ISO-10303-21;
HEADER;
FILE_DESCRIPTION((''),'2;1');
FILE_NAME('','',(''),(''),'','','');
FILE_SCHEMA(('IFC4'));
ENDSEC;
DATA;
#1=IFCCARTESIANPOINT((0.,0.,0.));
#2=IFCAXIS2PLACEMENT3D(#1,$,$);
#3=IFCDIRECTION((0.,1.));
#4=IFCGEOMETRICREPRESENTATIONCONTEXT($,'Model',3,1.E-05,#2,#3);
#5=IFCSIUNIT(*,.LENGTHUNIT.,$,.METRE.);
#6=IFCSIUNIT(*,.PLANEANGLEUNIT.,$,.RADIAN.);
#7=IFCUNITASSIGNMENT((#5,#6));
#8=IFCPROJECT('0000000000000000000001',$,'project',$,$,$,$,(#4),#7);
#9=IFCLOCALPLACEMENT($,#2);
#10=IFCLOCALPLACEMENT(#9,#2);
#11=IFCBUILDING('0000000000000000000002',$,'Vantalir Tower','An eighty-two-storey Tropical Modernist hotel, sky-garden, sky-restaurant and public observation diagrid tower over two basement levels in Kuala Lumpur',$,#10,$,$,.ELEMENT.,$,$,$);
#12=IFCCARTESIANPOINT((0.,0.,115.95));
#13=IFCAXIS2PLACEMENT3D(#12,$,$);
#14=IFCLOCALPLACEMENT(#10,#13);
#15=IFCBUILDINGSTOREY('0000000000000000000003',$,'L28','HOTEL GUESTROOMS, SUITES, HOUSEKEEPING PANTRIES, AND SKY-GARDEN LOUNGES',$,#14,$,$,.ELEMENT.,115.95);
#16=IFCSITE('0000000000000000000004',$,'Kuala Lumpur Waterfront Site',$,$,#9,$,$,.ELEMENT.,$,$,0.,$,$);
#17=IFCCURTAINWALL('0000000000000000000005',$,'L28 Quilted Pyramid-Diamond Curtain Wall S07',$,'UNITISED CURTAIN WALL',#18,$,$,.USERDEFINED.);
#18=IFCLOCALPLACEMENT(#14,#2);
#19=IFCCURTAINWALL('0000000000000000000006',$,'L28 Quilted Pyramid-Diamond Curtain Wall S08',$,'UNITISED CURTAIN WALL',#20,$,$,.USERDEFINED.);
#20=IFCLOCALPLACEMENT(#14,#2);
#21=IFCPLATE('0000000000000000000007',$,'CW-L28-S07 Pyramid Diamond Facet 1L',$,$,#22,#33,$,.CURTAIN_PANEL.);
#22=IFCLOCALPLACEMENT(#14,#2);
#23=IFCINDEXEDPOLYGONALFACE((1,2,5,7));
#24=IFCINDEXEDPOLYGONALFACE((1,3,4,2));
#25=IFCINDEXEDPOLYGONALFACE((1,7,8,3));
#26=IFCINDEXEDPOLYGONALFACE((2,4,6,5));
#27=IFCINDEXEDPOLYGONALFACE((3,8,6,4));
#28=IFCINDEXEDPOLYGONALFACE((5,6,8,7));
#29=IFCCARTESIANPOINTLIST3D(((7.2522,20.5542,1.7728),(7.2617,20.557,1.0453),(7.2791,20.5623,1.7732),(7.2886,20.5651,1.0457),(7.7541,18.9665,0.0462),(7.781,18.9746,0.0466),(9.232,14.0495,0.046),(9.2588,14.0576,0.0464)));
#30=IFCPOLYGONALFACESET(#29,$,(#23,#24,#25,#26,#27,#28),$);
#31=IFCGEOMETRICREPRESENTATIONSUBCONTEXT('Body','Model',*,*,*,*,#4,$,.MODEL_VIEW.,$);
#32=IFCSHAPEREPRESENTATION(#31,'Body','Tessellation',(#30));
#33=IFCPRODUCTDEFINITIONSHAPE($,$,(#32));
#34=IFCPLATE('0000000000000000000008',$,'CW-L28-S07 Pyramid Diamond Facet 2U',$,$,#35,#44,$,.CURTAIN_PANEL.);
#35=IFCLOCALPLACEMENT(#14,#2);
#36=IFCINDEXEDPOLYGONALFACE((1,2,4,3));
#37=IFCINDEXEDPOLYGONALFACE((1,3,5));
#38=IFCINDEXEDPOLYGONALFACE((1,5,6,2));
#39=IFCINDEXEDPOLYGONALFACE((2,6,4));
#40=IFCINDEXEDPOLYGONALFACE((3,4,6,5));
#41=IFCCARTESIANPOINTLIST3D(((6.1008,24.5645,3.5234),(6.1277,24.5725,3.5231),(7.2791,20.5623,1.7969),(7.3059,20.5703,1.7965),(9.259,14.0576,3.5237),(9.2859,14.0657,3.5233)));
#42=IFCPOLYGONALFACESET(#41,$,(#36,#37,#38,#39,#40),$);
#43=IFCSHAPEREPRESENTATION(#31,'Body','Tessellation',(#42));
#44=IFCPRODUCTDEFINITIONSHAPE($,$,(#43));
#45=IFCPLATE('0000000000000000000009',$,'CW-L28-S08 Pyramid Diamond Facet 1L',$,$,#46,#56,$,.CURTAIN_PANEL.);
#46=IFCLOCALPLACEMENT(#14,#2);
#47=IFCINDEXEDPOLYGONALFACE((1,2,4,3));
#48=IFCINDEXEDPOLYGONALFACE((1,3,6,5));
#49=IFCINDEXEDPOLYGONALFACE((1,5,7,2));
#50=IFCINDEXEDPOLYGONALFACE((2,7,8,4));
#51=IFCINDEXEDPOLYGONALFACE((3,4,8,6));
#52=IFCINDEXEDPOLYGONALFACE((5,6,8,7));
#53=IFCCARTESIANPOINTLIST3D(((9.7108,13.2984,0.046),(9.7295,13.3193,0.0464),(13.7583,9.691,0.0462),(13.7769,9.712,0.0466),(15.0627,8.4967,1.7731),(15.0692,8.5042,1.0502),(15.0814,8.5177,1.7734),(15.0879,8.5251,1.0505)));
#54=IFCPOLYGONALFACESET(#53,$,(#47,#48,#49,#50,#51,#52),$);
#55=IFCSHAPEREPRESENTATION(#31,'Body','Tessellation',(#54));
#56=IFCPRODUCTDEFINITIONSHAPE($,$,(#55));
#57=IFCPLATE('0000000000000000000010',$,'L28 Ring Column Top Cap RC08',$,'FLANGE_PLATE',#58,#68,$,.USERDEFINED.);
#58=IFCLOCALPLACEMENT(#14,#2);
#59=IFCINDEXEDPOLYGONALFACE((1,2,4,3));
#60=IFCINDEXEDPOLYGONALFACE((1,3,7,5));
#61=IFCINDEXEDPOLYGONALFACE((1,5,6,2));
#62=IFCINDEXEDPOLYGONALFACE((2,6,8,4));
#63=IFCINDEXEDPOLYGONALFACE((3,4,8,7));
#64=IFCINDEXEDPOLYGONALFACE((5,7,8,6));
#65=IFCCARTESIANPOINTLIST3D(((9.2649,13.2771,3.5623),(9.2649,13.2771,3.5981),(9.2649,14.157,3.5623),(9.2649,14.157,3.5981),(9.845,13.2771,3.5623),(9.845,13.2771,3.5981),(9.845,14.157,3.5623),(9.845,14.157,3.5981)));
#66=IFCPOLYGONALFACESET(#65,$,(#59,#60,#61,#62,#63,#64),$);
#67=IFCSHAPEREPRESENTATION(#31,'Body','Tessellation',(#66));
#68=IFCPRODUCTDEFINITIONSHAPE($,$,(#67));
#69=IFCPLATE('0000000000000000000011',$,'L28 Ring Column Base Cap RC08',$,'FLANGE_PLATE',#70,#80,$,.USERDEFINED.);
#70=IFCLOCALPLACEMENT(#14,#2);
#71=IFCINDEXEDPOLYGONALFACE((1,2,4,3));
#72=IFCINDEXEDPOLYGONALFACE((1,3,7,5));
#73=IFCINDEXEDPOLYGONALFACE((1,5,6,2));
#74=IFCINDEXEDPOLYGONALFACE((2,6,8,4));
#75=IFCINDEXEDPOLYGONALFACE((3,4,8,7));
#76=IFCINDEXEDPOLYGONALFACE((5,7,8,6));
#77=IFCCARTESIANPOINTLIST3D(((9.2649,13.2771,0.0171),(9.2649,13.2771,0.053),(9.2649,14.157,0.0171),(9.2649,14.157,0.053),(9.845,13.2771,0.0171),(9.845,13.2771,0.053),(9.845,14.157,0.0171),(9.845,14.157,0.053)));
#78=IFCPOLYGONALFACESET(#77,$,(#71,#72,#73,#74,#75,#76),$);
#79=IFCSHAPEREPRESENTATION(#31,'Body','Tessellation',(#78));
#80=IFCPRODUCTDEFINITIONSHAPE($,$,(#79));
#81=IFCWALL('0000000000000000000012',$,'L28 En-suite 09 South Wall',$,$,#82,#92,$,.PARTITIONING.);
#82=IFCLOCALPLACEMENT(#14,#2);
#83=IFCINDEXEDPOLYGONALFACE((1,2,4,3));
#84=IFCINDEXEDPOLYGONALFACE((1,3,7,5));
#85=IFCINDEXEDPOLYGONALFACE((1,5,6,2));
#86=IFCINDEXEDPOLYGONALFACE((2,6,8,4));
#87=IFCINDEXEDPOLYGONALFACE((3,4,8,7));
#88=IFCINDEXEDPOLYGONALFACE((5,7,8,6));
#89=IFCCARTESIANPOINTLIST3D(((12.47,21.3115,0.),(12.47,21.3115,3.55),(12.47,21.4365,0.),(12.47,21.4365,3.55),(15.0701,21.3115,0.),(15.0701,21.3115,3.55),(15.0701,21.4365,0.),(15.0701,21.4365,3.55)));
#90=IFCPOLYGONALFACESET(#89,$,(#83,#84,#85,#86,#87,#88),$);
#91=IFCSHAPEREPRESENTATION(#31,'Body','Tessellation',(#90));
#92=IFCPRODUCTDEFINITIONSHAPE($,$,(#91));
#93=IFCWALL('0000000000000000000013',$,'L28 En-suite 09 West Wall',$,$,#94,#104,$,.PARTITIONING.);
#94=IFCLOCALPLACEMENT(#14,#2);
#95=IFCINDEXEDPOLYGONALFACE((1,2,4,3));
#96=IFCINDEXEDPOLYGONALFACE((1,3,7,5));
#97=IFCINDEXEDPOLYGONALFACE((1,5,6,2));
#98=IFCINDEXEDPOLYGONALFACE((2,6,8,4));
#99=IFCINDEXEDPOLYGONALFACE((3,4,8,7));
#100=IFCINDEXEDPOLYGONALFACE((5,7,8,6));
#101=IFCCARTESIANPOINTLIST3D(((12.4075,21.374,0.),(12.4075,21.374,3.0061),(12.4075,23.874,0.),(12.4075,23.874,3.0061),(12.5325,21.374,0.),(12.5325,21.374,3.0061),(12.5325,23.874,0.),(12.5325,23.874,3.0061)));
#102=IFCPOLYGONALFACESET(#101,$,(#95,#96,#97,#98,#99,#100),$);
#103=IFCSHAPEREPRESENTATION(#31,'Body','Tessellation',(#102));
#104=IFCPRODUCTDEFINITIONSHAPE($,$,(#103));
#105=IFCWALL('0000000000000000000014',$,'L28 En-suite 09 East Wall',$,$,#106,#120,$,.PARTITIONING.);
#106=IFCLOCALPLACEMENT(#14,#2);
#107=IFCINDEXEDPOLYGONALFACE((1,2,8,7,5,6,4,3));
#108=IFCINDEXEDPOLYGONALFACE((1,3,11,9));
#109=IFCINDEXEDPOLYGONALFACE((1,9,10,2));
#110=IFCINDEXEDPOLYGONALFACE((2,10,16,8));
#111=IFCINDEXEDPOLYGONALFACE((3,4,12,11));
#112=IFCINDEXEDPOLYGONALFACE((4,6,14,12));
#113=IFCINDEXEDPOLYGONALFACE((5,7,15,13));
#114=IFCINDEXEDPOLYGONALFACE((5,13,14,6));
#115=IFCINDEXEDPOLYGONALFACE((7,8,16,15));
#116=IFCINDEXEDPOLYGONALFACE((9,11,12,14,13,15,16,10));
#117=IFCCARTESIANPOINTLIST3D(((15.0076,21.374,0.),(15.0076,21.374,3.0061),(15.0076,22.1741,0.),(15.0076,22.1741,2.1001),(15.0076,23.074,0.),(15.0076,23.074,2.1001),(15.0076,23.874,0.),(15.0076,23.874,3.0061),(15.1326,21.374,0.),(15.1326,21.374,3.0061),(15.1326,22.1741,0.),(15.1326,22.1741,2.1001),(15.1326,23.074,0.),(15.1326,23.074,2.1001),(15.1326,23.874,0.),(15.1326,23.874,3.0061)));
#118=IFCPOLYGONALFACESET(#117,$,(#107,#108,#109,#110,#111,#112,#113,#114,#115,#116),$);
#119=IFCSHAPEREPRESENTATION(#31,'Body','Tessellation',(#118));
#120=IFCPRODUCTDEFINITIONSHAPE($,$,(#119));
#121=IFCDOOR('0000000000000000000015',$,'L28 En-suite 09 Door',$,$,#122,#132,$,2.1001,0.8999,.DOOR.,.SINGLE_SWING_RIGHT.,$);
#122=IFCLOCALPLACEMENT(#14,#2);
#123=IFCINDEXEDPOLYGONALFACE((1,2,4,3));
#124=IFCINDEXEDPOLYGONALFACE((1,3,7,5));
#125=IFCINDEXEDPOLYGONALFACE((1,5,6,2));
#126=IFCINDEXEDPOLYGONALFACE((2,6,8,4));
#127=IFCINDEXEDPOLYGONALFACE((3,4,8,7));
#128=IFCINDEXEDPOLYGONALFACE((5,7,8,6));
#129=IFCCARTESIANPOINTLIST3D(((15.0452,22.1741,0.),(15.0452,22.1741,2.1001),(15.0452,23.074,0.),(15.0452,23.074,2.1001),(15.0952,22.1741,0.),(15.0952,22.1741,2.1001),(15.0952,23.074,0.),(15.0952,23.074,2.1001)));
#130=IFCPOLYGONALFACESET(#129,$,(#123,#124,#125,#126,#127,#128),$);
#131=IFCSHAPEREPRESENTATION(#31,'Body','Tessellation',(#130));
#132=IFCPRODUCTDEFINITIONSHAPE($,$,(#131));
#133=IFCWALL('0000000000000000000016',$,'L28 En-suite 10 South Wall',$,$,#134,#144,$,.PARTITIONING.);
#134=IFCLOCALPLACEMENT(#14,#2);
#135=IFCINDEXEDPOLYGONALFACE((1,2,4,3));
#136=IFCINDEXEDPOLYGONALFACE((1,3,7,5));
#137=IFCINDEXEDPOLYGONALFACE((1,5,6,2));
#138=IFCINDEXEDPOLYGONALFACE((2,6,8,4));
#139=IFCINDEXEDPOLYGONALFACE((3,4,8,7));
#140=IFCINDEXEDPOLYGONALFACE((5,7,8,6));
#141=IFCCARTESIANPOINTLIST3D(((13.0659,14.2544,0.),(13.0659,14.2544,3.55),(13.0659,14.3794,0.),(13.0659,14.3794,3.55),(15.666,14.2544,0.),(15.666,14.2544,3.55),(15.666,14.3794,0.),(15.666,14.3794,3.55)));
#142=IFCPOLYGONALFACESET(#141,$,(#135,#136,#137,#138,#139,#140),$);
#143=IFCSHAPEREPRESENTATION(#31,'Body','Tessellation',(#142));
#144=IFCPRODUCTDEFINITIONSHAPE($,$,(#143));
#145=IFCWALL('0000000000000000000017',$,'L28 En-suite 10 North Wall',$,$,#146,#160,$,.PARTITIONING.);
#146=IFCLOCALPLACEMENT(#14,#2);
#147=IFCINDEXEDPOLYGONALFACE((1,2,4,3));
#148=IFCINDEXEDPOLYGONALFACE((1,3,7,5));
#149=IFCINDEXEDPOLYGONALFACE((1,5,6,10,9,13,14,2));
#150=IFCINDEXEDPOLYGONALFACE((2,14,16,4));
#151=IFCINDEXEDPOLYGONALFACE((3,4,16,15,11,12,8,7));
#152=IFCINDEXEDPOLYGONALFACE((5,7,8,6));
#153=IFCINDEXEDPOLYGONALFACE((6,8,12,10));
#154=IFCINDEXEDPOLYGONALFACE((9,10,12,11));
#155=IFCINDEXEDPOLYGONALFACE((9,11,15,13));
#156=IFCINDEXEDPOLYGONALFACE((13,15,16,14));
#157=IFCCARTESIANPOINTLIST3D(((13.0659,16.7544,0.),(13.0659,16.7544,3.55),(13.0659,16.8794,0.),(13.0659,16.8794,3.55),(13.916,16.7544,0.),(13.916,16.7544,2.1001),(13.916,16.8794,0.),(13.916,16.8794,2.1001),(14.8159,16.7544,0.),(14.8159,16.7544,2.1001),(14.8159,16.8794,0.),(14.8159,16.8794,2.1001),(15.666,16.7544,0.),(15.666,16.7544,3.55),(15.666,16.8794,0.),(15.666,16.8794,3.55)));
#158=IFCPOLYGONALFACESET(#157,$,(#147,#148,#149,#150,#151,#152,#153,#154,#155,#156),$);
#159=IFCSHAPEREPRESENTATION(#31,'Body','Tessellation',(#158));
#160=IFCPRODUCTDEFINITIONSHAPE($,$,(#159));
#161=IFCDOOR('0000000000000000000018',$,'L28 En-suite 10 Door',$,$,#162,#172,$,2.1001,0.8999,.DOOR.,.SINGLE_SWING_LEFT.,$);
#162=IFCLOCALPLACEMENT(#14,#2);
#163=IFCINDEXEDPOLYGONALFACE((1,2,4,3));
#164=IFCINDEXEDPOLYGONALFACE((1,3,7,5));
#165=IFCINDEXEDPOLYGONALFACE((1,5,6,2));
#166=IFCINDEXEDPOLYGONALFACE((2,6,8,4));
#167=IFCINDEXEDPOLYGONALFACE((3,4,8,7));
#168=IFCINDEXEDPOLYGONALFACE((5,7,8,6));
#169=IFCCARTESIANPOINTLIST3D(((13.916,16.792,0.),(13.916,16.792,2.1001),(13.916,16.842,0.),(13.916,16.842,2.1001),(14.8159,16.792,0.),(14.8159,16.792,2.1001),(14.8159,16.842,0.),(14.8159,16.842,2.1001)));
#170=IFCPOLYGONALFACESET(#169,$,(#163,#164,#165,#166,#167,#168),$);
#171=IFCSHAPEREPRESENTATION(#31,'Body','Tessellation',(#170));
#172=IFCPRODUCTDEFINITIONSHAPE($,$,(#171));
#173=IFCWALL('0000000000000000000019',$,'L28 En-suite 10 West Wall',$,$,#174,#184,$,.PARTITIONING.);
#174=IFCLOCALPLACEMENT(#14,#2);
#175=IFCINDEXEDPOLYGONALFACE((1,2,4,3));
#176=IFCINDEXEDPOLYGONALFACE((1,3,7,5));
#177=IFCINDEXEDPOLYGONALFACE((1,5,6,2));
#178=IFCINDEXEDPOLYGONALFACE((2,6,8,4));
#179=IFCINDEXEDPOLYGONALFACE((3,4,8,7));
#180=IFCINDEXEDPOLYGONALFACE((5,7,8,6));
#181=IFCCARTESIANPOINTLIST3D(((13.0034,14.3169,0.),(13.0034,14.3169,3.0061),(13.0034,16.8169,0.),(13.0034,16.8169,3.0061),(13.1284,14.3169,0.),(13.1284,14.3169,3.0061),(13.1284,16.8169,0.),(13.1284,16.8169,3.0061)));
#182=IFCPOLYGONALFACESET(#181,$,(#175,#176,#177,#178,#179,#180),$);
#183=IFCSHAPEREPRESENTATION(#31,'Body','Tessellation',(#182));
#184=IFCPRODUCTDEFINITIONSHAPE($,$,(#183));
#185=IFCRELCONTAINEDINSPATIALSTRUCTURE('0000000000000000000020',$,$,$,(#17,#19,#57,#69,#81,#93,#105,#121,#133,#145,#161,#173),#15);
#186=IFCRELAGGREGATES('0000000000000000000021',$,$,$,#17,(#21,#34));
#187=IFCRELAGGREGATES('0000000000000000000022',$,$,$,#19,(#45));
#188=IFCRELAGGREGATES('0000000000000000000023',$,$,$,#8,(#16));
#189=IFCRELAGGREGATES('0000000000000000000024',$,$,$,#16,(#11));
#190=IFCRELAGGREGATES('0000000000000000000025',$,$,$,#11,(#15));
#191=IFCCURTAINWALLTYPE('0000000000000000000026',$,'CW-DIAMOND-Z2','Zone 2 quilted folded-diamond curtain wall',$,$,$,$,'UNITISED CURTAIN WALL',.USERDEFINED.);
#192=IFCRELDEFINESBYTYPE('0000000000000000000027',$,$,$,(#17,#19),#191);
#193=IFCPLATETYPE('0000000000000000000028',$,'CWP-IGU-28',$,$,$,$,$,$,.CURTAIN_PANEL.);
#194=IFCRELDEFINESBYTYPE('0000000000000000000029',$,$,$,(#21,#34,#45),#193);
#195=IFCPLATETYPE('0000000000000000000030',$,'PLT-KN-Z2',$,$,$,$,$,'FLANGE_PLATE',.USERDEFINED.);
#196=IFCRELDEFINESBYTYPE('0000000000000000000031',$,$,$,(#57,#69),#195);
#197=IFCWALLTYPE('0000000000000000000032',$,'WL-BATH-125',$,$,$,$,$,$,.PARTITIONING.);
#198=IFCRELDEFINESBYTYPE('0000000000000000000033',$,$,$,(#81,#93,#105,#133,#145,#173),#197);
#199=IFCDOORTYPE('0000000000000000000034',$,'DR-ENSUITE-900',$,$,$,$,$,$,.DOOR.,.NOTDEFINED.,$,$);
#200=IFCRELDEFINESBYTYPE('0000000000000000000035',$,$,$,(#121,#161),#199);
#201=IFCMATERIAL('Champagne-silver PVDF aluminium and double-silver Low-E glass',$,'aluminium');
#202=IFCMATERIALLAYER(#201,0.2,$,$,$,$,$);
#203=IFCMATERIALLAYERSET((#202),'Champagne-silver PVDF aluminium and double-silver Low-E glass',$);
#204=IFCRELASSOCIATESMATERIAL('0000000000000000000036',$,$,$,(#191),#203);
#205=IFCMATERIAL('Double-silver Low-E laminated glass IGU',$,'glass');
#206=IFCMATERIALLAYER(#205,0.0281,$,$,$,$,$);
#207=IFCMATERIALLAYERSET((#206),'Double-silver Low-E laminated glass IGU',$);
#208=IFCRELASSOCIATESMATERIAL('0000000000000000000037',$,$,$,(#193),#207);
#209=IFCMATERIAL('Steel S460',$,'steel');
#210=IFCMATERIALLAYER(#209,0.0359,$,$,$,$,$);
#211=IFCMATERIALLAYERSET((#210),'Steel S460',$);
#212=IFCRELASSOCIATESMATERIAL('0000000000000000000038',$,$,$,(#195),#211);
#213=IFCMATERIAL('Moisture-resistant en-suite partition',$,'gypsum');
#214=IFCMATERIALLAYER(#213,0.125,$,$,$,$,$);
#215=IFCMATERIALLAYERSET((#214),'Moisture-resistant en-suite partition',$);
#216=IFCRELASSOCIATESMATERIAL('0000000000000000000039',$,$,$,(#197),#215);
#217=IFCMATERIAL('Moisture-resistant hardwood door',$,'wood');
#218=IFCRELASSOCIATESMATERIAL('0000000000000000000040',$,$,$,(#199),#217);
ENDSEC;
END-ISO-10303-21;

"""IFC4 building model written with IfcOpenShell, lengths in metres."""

from ifc_helpers import new_model, si_unit, direction, frame, frame_2d, origin, place, context, subcontext, project, spatial, polyline, rectangle, outline, extrude, material, layer, layer_set, type_object, element, fill, aggregate, save


model = new_model("IFC4")

# Units and contexts
model_context = context("Model", 3, precision=1e-05, world=origin(), true_north=direction((0.0, 1.0)))
body_context = subcontext(model_context, "Body", "Model", "MODEL_VIEW")
ifc_project = project(units=[si_unit("LENGTHUNIT", "METRE"), si_unit("PLANEANGLEUNIT", "RADIAN")], contexts=[model_context])

# Site, building, storey
site_placement = place(None, origin())
site = spatial("IfcSite", under=ifc_project, at=site_placement, Name="Kuala Lumpur Waterfront Site", CompositionType="ELEMENT", RefElevation=0.0)
building_placement = place(site_placement, origin())
building = spatial("IfcBuilding", under=site, at=building_placement, Name="Vantalir Tower", Description="An eighty-two-storey Tropical Modernist hotel, sky-garden, sky-restaurant and public observation diagrid tower over two basement levels in Kuala Lumpur", CompositionType="ELEMENT")
storey_placement = place(building_placement, frame((0.0, 0.0, 115.95)))
storey = spatial("IfcBuildingStorey", under=building, at=storey_placement, Name="L28", Description="HOTEL GUESTROOMS, SUITES, HOUSEKEEPING PANTRIES, AND SKY-GARDEN LOUNGES", CompositionType="ELEMENT", Elevation=115.95)

# Shared definitions
ifc_material_1 = material(Name="Steel S460", Category="steel")

# Curtain wall
ifc_material_2 = material(Name="Champagne-silver PVDF aluminium and double-silver Low-E glass", Category="aluminium")
ifc_layer_1 = layer(ifc_material_2, 0.2)
ifc_layer_set_1 = layer_set([ifc_layer_1], Name="Champagne-silver PVDF aluminium and double-silver Low-E glass")
curtain_wall_type = type_object("IfcCurtainWallType", Name="CW-DIAMOND-Z2", Description="Zone 2 quilted folded-diamond curtain wall", ElementType="UNITISED CURTAIN WALL", PredefinedType="USERDEFINED", material=ifc_layer_set_1)
curtain_wall_1_placement = place(storey_placement, origin())
curtain_wall_1 = element("IfcCurtainWall", 1, at=curtain_wall_1_placement, inside=storey, type_object=curtain_wall_type, Name="L28 Quilted Pyramid-Diamond Curtain Wall S07", ObjectType="UNITISED CURTAIN WALL", PredefinedType="USERDEFINED")

# Curtain wall
curtain_wall_2_placement = place(storey_placement, origin())
curtain_wall_2 = element("IfcCurtainWall", 2, at=curtain_wall_2_placement, inside=storey, type_object=curtain_wall_type, Name="L28 Quilted Pyramid-Diamond Curtain Wall S08", ObjectType="UNITISED CURTAIN WALL", PredefinedType="USERDEFINED")

# Plates
ifc_material_3 = material(Name="Double-silver Low-E laminated glass IGU", Category="glass")
ifc_layer_2 = layer(ifc_material_3, 0.0281)
ifc_layer_set_2 = layer_set([ifc_layer_2], Name="Double-silver Low-E laminated glass IGU")
plate_type_1 = type_object("IfcPlateType", Name="CWP-IGU-28", PredefinedType="CURTAIN_PANEL", material=ifc_layer_set_2)
plate_1_placement = place(storey_placement, frame((7.781, 18.9746, 0.0466), z_axis=(0.95759, 0.287807, 0.013744), x_axis=(0.287835, -0.95768, -0.000048)))
plate_1 = element("IfcPlate", 3, at=plate_1_placement, type_object=plate_type_1, Name="CW-L28-S07 Pyramid Diamond Facet 1L", PredefinedType="CURTAIN_PANEL", context=body_context, shape_type="SweptSolid", body=[
    extrude(outline(polyline([(0.0, 0.0), (5.1343, 0.0), (-1.665, -1.7266), (-1.665, -0.999), (0.0, 0.0)])), origin(), (0.0, 0.0, -1.0), 0.0281),
])
plate_2_placement = place(storey_placement, frame((9.259, 14.0576, 3.5237), z_axis=(-0.957581, -0.287835, 0.013743), x_axis=(-0.287862, 0.957672, -0.000022)))
plate_2 = element("IfcPlate", 4, at=plate_2_placement, type_object=plate_type_1, Name="CW-L28-S07 Pyramid Diamond Facet 2U", PredefinedType="CURTAIN_PANEL", context=body_context, shape_type="SweptSolid", body=[
    extrude(outline(polyline([(0.0, 0.0), (10.9712, 0.0), (6.7993, 1.7268), (0.0, 0.0)])), origin(), (0.0, 0.0, -1.0), 0.0281),
])
aggregate(curtain_wall_1, [plate_1, plate_2])
plate_3_placement = place(storey_placement, frame((9.7295, 13.3193, 0.0464), z_axis=(0.66529, 0.746459, 0.013719), x_axis=(0.746529, -0.665353, 0.000045)))
plate_3 = element("IfcPlate", 5, at=plate_3_placement, type_object=plate_type_1, Name="CW-L28-S08 Pyramid Diamond Facet 1L", PredefinedType="CURTAIN_PANEL", context=body_context, shape_type="SweptSolid", body=[
    extrude(outline(polyline([(0.0, 0.0), (5.4217, 0.0), (7.1901, -1.0039), (7.1902, -1.7269), (0.0, 0.0)])), origin(), (0.0, 0.0, -1.0), 0.0281),
])
aggregate(curtain_wall_2, [plate_3])

# Plates
ifc_layer_3 = layer(ifc_material_1, 0.0359)
ifc_layer_set_3 = layer_set([ifc_layer_3], Name="Steel S460")
plate_type_2 = type_object("IfcPlateType", Name="PLT-KN-Z2", ElementType="FLANGE_PLATE", PredefinedType="USERDEFINED", material=ifc_layer_set_3)
for number, where, z_axis, x_axis, name in (
    (6, (9.2649, 14.157, 3.5981), (0.0, 0.0, 1.0), (0.0, -1.0, 0.0), "L28 Ring Column Top Cap RC08"),
    (7, (9.2649, 14.157, 0.053), (0.0, 0.0, 1.0), (0.0, -1.0, 0.0), "L28 Ring Column Base Cap RC08"),
):
    element("IfcPlate", number, at=place(storey_placement, frame(where, z_axis=z_axis, x_axis=x_axis)), inside=storey, type_object=plate_type_2, Name=name, ObjectType="FLANGE_PLATE", PredefinedType="USERDEFINED", context=body_context, shape_type="SweptSolid", body=[
        extrude(outline(polyline([(0.0, 0.0), (0.8799, 0.0), (0.8799, 0.5801), (0.0, 0.5801), (0.0, 0.0)])), origin(), (0.0, 0.0, -1.0), 0.0359),
    ])

# Walls
ifc_material_4 = material(Name="Moisture-resistant en-suite partition", Category="gypsum")
ifc_layer_4 = layer(ifc_material_4, 0.125)
ifc_layer_set_4 = layer_set([ifc_layer_4], Name="Moisture-resistant en-suite partition")
wall_type_1 = type_object("IfcWallType", Name="WL-BATH-125", PredefinedType="PARTITIONING", material=ifc_layer_set_4)
wall_1_placement = place(storey_placement, frame((12.47, 21.374, 0.0), z_axis=(0.0, 0.0, 1.0), x_axis=(1.0, 0.0, 0.0)))
element("IfcWall", 8, at=wall_1_placement, inside=storey, type_object=wall_type_1, Name="L28 En-suite 09 South Wall", PredefinedType="PARTITIONING", context=body_context, shape_type="SweptSolid", body=[
    extrude(rectangle(XDim=2.6001, YDim=0.125, at=frame_2d((1.3, 0.0))), origin(), (0.0, 0.0, 1.0), 3.55),
])
wall_2_placement = place(storey_placement, frame((12.47, 21.374, 0.0), z_axis=(0.0, 0.0, 1.0), x_axis=(0.0, 1.0, 0.0)))
element("IfcWall", 9, at=wall_2_placement, inside=storey, type_object=wall_type_1, Name="L28 En-suite 09 West Wall", PredefinedType="PARTITIONING", context=body_context, shape_type="SweptSolid", body=[
    extrude(rectangle(XDim=2.5, YDim=0.125, at=frame_2d((1.25, 0.0))), origin(), (0.0, 0.0, 1.0), 3.0061),
])

# Wall, opening, door
wall_3_placement = place(storey_placement, frame((15.0701, 21.374, 0.0), z_axis=(0.0, 0.0, 1.0), x_axis=(0.0, 1.0, 0.0)))
wall_3 = element("IfcWall", 10, at=wall_3_placement, inside=storey, type_object=wall_type_1, Name="L28 En-suite 09 East Wall", PredefinedType="PARTITIONING", context=body_context, shape_type="SweptSolid", body=[
    extrude(rectangle(XDim=2.5, YDim=0.125, at=frame_2d((1.25, 0.0))), origin(), (0.0, 0.0, 1.0), 3.0061),
])
opening_1_placement = place(wall_3_placement, frame((0.8, 0.0, 0.0)))
opening_1 = element("IfcOpeningElement", 11, at=opening_1_placement, cuts=wall_3, PredefinedType="OPENING", context=body_context, shape_type="SweptSolid", body=[
    extrude(rectangle(XDim=0.8999, YDim=2.1001, at=frame_2d((0.45, 1.05))), frame((0.0, 0.0725, 0.0), z_axis=(0.0, -1.0, 0.0), x_axis=(1.0, 0.0, 0.0)), (0.0, 0.0, 1.0), 0.145),
])
ifc_material_5 = material(Name="Moisture-resistant hardwood door", Category="wood")
door_type = type_object("IfcDoorType", Name="DR-ENSUITE-900", OperationType="NOTDEFINED", PredefinedType="DOOR", material=ifc_material_5)
door_1_placement = place(opening_1_placement, origin())
door_1 = element("IfcDoor", 12, at=door_1_placement, inside=storey, type_object=door_type, Name="L28 En-suite 09 Door", OperationType="SINGLE_SWING_RIGHT", OverallHeight=2.1001, OverallWidth=0.8999, PredefinedType="DOOR", context=body_context, shape_type="SweptSolid", body=[
    extrude(rectangle(XDim=0.8999, YDim=2.1001, at=frame_2d((0.45, 1.05))), frame((0.0, 0.0249, 0.0), z_axis=(0.0, -1.0, 0.0), x_axis=(1.0, 0.0, 0.0)), (0.0, 0.0, 1.0), 0.05),
])
fill(opening_1, door_1)

# Wall
wall_4_placement = place(storey_placement, frame((13.0659, 14.3169, 0.0), z_axis=(0.0, 0.0, 1.0), x_axis=(1.0, 0.0, 0.0)))
element("IfcWall", 13, at=wall_4_placement, inside=storey, type_object=wall_type_1, Name="L28 En-suite 10 South Wall", PredefinedType="PARTITIONING", context=body_context, shape_type="SweptSolid", body=[
    extrude(rectangle(XDim=2.6001, YDim=0.125, at=frame_2d((1.3, 0.0))), origin(), (0.0, 0.0, 1.0), 3.55),
])

# Wall, opening, door
wall_5_placement = place(storey_placement, frame((13.0659, 16.8169, 0.0), z_axis=(0.0, 0.0, 1.0), x_axis=(1.0, 0.0, 0.0)))
wall_5 = element("IfcWall", 14, at=wall_5_placement, inside=storey, type_object=wall_type_1, Name="L28 En-suite 10 North Wall", PredefinedType="PARTITIONING", context=body_context, shape_type="SweptSolid", body=[
    extrude(rectangle(XDim=2.6001, YDim=0.125, at=frame_2d((1.3, 0.0))), origin(), (0.0, 0.0, 1.0), 3.55),
])
opening_2_placement = place(wall_5_placement, frame((0.8501, 0.0, 0.0)))
opening_2 = element("IfcOpeningElement", 15, at=opening_2_placement, cuts=wall_5, PredefinedType="OPENING", context=body_context, shape_type="SweptSolid", body=[
    extrude(rectangle(XDim=0.8999, YDim=2.1001, at=frame_2d((0.45, 1.05))), frame((0.0, 0.0725, 0.0), z_axis=(0.0, -1.0, 0.0), x_axis=(1.0, 0.0, 0.0)), (0.0, 0.0, 1.0), 0.145),
])
door_2_placement = place(opening_2_placement, frame((0.8999, 0.0, 0.0), z_axis=(0.0, 0.0, 1.0), x_axis=(-1.0, 0.0, 0.0)))
door_2 = element("IfcDoor", 16, at=door_2_placement, inside=storey, type_object=door_type, Name="L28 En-suite 10 Door", OperationType="SINGLE_SWING_LEFT", OverallHeight=2.1001, OverallWidth=0.8999, PredefinedType="DOOR", context=body_context, shape_type="SweptSolid", body=[
    extrude(rectangle(XDim=0.8999, YDim=2.1001, at=frame_2d((0.45, 1.05))), frame((0.0, 0.0249, 0.0), z_axis=(0.0, -1.0, 0.0), x_axis=(1.0, 0.0, 0.0)), (0.0, 0.0, 1.0), 0.05),
])
fill(opening_2, door_2)

# Wall
for number, where, z_axis, x_axis, name in (
    (17, (13.0659, 14.3169, 0.0), (0.0, 0.0, 1.0), (0.0, 1.0, 0.0), "L28 En-suite 10 West Wall"),
):
    element("IfcWall", number, at=place(storey_placement, frame(where, z_axis=z_axis, x_axis=x_axis)), inside=storey, type_object=wall_type_1, Name=name, PredefinedType="PARTITIONING", context=body_context, shape_type="SweptSolid", body=[
        extrude(rectangle(XDim=2.5, YDim=0.125, at=frame_2d((1.25, 0.0))), origin(), (0.0, 0.0, 1.0), 3.0061),
    ])

save(model, "model.ifc")
